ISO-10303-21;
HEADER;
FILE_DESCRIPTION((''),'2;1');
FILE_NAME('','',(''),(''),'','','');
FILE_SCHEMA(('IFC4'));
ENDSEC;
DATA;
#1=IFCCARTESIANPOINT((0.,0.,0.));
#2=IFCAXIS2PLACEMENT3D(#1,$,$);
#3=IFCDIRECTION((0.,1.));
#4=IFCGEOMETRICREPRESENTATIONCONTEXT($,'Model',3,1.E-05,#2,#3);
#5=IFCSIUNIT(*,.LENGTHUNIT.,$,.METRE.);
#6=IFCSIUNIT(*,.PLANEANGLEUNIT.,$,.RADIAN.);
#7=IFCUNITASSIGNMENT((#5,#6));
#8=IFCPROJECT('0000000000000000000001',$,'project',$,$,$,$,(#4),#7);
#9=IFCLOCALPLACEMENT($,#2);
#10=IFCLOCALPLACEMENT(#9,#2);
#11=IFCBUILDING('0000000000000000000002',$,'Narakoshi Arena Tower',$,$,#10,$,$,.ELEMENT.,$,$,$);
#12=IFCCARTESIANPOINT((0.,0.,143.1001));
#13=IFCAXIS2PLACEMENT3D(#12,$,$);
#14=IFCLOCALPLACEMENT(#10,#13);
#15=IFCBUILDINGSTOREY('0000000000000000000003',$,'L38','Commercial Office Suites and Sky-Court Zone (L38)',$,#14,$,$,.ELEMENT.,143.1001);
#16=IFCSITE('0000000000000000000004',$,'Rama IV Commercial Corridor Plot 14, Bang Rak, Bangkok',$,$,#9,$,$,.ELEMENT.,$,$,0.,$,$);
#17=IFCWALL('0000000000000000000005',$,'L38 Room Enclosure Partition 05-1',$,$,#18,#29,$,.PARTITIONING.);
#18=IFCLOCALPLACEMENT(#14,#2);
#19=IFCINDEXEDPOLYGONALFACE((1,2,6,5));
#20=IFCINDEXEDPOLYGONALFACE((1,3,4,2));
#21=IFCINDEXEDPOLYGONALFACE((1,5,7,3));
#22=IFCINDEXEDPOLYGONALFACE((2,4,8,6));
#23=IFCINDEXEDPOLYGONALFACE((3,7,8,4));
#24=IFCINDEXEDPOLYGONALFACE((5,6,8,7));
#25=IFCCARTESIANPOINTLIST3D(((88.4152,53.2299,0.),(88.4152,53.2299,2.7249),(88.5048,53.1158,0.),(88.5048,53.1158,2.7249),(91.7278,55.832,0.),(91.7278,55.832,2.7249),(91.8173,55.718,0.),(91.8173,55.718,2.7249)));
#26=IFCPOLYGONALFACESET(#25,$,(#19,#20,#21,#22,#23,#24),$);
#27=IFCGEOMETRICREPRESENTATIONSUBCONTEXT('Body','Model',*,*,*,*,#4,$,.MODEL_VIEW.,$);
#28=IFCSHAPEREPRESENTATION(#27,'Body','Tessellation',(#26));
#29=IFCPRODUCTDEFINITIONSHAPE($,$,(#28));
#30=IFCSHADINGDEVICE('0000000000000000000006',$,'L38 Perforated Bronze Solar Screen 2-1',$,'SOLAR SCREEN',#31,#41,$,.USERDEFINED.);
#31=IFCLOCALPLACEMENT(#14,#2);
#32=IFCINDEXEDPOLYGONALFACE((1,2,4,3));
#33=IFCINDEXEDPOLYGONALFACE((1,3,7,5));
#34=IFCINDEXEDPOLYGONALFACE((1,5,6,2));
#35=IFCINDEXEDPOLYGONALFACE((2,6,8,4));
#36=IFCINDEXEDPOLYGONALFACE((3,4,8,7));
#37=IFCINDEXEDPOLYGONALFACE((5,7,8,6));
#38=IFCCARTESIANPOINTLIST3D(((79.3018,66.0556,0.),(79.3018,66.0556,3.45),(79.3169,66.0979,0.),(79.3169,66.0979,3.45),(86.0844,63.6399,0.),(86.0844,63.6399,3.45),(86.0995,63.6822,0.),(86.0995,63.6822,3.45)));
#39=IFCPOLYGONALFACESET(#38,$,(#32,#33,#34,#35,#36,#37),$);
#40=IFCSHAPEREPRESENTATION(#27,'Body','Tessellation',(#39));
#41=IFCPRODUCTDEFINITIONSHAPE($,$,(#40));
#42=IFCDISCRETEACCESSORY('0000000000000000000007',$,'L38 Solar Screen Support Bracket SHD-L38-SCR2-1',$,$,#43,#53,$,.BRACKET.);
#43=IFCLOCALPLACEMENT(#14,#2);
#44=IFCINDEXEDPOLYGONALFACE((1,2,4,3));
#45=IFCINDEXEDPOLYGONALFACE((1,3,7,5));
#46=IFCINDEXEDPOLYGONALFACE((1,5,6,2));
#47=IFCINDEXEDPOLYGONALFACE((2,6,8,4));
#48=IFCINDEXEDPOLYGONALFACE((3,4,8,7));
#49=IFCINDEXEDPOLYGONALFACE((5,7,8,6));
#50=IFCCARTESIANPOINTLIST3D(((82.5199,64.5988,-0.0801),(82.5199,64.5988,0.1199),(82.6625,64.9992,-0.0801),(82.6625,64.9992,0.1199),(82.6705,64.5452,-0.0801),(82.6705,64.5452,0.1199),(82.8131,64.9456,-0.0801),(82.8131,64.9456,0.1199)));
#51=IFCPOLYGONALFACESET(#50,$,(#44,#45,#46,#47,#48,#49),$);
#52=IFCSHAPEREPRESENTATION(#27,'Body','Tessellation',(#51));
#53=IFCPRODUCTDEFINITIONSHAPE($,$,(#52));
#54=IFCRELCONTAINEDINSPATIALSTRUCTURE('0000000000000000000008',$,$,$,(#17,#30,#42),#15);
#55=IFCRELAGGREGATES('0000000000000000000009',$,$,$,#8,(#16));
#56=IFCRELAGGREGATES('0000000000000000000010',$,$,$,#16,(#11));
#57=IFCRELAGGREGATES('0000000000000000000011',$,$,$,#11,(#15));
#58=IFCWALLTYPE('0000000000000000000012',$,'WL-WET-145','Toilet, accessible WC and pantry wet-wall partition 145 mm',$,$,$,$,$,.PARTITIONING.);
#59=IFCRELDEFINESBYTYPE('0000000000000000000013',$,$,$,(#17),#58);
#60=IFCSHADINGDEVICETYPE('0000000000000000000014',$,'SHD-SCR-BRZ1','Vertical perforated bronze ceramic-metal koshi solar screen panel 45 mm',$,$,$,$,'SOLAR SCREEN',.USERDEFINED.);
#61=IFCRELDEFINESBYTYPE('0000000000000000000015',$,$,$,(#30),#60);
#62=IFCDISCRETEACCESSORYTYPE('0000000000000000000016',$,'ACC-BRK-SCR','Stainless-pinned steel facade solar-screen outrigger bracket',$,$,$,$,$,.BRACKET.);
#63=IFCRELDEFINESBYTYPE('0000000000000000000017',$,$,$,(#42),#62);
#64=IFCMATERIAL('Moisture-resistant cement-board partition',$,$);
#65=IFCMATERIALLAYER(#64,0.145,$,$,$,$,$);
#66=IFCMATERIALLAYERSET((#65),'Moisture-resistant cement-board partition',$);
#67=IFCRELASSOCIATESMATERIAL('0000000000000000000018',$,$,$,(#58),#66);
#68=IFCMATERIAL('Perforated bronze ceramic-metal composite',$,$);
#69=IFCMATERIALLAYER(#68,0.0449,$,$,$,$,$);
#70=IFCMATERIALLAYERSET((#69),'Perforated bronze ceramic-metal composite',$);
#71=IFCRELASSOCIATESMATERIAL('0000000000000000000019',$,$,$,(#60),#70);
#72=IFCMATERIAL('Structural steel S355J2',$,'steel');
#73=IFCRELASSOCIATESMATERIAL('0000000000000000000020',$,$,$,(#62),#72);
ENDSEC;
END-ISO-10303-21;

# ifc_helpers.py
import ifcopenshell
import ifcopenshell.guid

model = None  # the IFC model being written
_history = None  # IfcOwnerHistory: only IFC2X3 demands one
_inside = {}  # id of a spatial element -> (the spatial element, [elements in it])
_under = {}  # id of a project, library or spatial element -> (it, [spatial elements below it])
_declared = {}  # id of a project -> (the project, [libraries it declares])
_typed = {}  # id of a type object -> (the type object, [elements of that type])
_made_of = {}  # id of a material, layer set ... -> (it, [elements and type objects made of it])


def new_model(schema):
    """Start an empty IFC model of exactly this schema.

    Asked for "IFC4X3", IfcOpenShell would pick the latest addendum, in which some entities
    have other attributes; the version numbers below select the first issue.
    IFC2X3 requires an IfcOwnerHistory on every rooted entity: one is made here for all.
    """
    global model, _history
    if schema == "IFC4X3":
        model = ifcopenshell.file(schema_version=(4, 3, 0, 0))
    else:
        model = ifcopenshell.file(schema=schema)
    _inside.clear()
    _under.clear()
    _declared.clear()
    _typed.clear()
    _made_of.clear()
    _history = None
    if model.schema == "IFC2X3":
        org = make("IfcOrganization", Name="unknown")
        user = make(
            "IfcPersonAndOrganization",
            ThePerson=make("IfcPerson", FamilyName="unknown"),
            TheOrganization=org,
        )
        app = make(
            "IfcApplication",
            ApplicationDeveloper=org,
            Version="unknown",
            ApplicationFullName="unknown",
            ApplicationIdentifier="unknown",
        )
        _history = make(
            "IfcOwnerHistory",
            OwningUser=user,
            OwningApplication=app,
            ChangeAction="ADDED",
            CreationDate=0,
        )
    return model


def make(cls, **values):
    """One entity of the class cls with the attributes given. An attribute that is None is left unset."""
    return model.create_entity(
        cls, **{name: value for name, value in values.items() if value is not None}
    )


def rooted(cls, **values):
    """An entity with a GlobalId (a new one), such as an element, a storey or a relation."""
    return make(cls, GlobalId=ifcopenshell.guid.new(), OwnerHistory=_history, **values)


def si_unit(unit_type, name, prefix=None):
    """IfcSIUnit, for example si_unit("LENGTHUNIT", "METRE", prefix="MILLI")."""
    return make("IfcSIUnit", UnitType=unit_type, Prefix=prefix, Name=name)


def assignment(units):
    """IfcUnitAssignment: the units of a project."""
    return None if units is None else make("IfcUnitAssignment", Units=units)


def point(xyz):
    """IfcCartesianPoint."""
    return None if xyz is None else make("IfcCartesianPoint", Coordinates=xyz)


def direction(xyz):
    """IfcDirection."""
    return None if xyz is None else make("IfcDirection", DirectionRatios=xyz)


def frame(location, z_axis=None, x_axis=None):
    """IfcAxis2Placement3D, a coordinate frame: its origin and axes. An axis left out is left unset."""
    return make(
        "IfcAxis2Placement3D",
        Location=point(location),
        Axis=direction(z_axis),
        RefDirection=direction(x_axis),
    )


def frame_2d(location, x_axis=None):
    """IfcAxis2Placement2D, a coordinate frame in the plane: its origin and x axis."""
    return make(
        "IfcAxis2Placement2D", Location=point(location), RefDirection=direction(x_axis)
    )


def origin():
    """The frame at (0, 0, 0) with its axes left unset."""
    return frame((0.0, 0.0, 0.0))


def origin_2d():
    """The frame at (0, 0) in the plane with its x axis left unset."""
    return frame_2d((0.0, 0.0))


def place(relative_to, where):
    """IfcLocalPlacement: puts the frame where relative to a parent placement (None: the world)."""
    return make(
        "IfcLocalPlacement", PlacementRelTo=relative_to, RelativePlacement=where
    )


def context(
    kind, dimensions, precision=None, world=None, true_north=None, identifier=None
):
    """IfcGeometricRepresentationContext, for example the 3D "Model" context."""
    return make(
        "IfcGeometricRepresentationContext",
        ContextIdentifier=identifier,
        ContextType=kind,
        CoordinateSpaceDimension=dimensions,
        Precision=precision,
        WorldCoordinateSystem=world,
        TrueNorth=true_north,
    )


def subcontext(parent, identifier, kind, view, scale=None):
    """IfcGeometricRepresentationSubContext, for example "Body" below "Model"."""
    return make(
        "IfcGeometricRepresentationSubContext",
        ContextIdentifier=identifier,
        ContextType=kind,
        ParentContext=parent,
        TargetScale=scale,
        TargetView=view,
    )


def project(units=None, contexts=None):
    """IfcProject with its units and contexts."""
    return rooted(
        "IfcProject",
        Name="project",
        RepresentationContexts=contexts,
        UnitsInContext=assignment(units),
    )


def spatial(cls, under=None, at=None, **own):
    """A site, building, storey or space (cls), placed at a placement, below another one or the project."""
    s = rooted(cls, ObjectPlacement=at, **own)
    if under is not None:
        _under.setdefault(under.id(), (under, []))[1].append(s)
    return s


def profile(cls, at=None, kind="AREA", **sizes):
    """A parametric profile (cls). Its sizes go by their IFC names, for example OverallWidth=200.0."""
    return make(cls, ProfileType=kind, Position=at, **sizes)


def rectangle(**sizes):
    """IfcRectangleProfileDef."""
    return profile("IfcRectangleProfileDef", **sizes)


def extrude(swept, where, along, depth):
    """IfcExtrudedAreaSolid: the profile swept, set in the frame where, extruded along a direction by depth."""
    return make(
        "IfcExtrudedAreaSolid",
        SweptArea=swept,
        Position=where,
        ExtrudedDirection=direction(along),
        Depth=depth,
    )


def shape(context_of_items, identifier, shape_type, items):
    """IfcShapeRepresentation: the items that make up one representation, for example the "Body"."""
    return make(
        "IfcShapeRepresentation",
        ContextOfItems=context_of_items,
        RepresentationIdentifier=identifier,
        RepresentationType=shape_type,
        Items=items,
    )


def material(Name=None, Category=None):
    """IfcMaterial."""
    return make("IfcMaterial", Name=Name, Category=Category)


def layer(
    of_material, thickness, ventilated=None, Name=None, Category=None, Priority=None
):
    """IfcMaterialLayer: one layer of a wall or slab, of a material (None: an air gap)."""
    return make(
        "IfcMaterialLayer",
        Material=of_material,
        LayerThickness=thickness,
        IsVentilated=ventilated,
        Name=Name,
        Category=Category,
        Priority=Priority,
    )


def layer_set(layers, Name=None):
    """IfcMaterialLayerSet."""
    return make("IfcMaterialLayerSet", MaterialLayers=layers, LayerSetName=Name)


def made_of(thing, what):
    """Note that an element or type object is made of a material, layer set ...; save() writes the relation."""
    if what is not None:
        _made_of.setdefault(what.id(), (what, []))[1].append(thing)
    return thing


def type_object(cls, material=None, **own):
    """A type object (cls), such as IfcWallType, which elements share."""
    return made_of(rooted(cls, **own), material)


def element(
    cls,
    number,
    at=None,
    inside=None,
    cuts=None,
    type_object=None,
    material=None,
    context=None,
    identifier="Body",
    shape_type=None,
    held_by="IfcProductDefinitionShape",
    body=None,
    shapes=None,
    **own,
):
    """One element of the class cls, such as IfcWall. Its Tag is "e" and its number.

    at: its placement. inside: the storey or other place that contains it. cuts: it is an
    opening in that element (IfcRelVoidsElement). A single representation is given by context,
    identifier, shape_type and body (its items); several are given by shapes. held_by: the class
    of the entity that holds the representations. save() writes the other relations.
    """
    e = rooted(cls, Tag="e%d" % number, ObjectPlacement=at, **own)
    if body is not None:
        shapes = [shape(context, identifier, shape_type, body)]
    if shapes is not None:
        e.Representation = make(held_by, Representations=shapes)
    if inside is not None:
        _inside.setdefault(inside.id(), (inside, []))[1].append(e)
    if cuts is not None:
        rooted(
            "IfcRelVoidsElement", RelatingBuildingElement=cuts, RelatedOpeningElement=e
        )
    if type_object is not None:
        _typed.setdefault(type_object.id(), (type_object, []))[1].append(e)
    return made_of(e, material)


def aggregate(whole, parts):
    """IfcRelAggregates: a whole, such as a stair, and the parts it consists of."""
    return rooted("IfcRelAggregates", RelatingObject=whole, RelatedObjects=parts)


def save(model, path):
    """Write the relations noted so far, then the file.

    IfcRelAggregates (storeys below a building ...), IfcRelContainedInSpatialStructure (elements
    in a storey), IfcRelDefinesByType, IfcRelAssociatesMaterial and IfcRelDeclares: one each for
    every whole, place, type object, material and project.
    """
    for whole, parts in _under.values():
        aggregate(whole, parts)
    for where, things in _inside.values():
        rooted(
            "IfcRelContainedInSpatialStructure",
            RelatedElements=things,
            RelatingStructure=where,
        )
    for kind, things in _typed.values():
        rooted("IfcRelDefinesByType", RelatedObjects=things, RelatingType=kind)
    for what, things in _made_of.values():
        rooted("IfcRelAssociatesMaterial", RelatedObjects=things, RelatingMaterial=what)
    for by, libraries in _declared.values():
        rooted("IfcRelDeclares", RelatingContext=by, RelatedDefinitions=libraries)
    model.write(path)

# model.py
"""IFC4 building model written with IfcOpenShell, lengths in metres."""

from ifc_helpers import new_model, si_unit, direction, frame, frame_2d, origin, origin_2d, place, context, subcontext, project, spatial, rectangle, extrude, material, layer, layer_set, type_object, element, save


model = new_model("IFC4")

# Units and contexts
model_context = context("Model", 3, precision=1e-05, world=origin(), true_north=direction((0.0, 1.0)))
body_context = subcontext(model_context, "Body", "Model", "MODEL_VIEW")
ifc_project = project(units=[si_unit("LENGTHUNIT", "METRE"), si_unit("PLANEANGLEUNIT", "RADIAN")], contexts=[model_context])

# Site, building, storey
site_placement = place(None, origin())
site = spatial("IfcSite", under=ifc_project, at=site_placement, Name="Rama IV Commercial Corridor Plot 14, Bang Rak, Bangkok", CompositionType="ELEMENT", RefElevation=0.0)
building_placement = place(site_placement, origin())
building = spatial("IfcBuilding", under=site, at=building_placement, Name="Narakoshi Arena Tower", CompositionType="ELEMENT")
storey_placement = place(building_placement, frame((0.0, 0.0, 143.1001)))
storey = spatial("IfcBuildingStorey", under=building, at=storey_placement, Name="L38", Description="Commercial Office Suites and Sky-Court Zone (L38)", CompositionType="ELEMENT", Elevation=143.1001)

# Shared definitions
ifc_material_1 = material(Name="Structural steel S355J2", Category="steel")

# Shared definitions
ifc_material_2 = material(Name="Moisture-resistant cement-board partition")
ifc_layer_1 = layer(ifc_material_2, 0.145)
ifc_layer_set_1 = layer_set([ifc_layer_1], Name="Moisture-resistant cement-board partition")
wall_type_1 = type_object("IfcWallType", Name="WL-WET-145", Description="Toilet, accessible WC and pantry wet-wall partition 145 mm", PredefinedType="PARTITIONING", material=ifc_layer_set_1)

# Wall
wall_1_placement = place(storey_placement, frame((88.46, 53.1729, 0.0), z_axis=(0.0, 0.0, 1.0), x_axis=(0.786391, 0.617729, 0.0)))
element("IfcWall", 1, at=wall_1_placement, inside=storey, type_object=wall_type_1, Name="L38 Room Enclosure Partition 05-1", PredefinedType="PARTITIONING", context=body_context, shape_type="SweptSolid", body=[
    extrude(rectangle(XDim=4.2124, YDim=0.145, at=frame_2d((2.1062, 0.0))), origin(), (0.0, 0.0, 1.0), 2.7249),
])

# Shading device
ifc_material_3 = material(Name="Perforated bronze ceramic-metal composite")
ifc_layer_2 = layer(ifc_material_3, 0.0449)
ifc_layer_set_2 = layer_set([ifc_layer_2], Name="Perforated bronze ceramic-metal composite")
shading_device_type = type_object("IfcShadingDeviceType", Name="SHD-SCR-BRZ1", Description="Vertical perforated bronze ceramic-metal koshi solar screen panel 45 mm", ElementType="SOLAR SCREEN", PredefinedType="USERDEFINED", material=ifc_layer_set_2)
shading_device_placement = place(storey_placement, frame((82.7007, 64.8689, 0.0), z_axis=(0.0, 0.0, 1.0), x_axis=(-0.942034, 0.335517, 0.0)))
element("IfcShadingDevice", 2, at=shading_device_placement, inside=storey, type_object=shading_device_type, Name="L38 Perforated Bronze Solar Screen 2-1", ObjectType="SOLAR SCREEN", PredefinedType="USERDEFINED", context=body_context, shape_type="SweptSolid", body=[
    extrude(rectangle(XDim=7.2, YDim=0.0449, at=origin_2d()), origin(), (0.0, 0.0, 1.0), 3.45),
])

# Discrete accessory
discrete_accessory_type = type_object("IfcDiscreteAccessoryType", Name="ACC-BRK-SCR", Description="Stainless-pinned steel facade solar-screen outrigger bracket", PredefinedType="BRACKET", material=ifc_material_1)
discrete_accessory_placement = place(storey_placement, frame((82.6665, 64.7722, -0.0801), z_axis=(0.0, 0.0, 1.0), x_axis=(-0.942034, 0.335517, 0.0)))
element("IfcDiscreteAccessory", 3, at=discrete_accessory_placement, inside=storey, type_object=discrete_accessory_type, Name="L38 Solar Screen Support Bracket SHD-L38-SCR2-1", PredefinedType="BRACKET", context=body_context, shape_type="SweptSolid", body=[
    extrude(rectangle(XDim=0.1599, YDim=0.425, at=origin_2d()), origin(), (0.0, 0.0, 1.0), 0.2),
])

save(model, "model.ifc")
